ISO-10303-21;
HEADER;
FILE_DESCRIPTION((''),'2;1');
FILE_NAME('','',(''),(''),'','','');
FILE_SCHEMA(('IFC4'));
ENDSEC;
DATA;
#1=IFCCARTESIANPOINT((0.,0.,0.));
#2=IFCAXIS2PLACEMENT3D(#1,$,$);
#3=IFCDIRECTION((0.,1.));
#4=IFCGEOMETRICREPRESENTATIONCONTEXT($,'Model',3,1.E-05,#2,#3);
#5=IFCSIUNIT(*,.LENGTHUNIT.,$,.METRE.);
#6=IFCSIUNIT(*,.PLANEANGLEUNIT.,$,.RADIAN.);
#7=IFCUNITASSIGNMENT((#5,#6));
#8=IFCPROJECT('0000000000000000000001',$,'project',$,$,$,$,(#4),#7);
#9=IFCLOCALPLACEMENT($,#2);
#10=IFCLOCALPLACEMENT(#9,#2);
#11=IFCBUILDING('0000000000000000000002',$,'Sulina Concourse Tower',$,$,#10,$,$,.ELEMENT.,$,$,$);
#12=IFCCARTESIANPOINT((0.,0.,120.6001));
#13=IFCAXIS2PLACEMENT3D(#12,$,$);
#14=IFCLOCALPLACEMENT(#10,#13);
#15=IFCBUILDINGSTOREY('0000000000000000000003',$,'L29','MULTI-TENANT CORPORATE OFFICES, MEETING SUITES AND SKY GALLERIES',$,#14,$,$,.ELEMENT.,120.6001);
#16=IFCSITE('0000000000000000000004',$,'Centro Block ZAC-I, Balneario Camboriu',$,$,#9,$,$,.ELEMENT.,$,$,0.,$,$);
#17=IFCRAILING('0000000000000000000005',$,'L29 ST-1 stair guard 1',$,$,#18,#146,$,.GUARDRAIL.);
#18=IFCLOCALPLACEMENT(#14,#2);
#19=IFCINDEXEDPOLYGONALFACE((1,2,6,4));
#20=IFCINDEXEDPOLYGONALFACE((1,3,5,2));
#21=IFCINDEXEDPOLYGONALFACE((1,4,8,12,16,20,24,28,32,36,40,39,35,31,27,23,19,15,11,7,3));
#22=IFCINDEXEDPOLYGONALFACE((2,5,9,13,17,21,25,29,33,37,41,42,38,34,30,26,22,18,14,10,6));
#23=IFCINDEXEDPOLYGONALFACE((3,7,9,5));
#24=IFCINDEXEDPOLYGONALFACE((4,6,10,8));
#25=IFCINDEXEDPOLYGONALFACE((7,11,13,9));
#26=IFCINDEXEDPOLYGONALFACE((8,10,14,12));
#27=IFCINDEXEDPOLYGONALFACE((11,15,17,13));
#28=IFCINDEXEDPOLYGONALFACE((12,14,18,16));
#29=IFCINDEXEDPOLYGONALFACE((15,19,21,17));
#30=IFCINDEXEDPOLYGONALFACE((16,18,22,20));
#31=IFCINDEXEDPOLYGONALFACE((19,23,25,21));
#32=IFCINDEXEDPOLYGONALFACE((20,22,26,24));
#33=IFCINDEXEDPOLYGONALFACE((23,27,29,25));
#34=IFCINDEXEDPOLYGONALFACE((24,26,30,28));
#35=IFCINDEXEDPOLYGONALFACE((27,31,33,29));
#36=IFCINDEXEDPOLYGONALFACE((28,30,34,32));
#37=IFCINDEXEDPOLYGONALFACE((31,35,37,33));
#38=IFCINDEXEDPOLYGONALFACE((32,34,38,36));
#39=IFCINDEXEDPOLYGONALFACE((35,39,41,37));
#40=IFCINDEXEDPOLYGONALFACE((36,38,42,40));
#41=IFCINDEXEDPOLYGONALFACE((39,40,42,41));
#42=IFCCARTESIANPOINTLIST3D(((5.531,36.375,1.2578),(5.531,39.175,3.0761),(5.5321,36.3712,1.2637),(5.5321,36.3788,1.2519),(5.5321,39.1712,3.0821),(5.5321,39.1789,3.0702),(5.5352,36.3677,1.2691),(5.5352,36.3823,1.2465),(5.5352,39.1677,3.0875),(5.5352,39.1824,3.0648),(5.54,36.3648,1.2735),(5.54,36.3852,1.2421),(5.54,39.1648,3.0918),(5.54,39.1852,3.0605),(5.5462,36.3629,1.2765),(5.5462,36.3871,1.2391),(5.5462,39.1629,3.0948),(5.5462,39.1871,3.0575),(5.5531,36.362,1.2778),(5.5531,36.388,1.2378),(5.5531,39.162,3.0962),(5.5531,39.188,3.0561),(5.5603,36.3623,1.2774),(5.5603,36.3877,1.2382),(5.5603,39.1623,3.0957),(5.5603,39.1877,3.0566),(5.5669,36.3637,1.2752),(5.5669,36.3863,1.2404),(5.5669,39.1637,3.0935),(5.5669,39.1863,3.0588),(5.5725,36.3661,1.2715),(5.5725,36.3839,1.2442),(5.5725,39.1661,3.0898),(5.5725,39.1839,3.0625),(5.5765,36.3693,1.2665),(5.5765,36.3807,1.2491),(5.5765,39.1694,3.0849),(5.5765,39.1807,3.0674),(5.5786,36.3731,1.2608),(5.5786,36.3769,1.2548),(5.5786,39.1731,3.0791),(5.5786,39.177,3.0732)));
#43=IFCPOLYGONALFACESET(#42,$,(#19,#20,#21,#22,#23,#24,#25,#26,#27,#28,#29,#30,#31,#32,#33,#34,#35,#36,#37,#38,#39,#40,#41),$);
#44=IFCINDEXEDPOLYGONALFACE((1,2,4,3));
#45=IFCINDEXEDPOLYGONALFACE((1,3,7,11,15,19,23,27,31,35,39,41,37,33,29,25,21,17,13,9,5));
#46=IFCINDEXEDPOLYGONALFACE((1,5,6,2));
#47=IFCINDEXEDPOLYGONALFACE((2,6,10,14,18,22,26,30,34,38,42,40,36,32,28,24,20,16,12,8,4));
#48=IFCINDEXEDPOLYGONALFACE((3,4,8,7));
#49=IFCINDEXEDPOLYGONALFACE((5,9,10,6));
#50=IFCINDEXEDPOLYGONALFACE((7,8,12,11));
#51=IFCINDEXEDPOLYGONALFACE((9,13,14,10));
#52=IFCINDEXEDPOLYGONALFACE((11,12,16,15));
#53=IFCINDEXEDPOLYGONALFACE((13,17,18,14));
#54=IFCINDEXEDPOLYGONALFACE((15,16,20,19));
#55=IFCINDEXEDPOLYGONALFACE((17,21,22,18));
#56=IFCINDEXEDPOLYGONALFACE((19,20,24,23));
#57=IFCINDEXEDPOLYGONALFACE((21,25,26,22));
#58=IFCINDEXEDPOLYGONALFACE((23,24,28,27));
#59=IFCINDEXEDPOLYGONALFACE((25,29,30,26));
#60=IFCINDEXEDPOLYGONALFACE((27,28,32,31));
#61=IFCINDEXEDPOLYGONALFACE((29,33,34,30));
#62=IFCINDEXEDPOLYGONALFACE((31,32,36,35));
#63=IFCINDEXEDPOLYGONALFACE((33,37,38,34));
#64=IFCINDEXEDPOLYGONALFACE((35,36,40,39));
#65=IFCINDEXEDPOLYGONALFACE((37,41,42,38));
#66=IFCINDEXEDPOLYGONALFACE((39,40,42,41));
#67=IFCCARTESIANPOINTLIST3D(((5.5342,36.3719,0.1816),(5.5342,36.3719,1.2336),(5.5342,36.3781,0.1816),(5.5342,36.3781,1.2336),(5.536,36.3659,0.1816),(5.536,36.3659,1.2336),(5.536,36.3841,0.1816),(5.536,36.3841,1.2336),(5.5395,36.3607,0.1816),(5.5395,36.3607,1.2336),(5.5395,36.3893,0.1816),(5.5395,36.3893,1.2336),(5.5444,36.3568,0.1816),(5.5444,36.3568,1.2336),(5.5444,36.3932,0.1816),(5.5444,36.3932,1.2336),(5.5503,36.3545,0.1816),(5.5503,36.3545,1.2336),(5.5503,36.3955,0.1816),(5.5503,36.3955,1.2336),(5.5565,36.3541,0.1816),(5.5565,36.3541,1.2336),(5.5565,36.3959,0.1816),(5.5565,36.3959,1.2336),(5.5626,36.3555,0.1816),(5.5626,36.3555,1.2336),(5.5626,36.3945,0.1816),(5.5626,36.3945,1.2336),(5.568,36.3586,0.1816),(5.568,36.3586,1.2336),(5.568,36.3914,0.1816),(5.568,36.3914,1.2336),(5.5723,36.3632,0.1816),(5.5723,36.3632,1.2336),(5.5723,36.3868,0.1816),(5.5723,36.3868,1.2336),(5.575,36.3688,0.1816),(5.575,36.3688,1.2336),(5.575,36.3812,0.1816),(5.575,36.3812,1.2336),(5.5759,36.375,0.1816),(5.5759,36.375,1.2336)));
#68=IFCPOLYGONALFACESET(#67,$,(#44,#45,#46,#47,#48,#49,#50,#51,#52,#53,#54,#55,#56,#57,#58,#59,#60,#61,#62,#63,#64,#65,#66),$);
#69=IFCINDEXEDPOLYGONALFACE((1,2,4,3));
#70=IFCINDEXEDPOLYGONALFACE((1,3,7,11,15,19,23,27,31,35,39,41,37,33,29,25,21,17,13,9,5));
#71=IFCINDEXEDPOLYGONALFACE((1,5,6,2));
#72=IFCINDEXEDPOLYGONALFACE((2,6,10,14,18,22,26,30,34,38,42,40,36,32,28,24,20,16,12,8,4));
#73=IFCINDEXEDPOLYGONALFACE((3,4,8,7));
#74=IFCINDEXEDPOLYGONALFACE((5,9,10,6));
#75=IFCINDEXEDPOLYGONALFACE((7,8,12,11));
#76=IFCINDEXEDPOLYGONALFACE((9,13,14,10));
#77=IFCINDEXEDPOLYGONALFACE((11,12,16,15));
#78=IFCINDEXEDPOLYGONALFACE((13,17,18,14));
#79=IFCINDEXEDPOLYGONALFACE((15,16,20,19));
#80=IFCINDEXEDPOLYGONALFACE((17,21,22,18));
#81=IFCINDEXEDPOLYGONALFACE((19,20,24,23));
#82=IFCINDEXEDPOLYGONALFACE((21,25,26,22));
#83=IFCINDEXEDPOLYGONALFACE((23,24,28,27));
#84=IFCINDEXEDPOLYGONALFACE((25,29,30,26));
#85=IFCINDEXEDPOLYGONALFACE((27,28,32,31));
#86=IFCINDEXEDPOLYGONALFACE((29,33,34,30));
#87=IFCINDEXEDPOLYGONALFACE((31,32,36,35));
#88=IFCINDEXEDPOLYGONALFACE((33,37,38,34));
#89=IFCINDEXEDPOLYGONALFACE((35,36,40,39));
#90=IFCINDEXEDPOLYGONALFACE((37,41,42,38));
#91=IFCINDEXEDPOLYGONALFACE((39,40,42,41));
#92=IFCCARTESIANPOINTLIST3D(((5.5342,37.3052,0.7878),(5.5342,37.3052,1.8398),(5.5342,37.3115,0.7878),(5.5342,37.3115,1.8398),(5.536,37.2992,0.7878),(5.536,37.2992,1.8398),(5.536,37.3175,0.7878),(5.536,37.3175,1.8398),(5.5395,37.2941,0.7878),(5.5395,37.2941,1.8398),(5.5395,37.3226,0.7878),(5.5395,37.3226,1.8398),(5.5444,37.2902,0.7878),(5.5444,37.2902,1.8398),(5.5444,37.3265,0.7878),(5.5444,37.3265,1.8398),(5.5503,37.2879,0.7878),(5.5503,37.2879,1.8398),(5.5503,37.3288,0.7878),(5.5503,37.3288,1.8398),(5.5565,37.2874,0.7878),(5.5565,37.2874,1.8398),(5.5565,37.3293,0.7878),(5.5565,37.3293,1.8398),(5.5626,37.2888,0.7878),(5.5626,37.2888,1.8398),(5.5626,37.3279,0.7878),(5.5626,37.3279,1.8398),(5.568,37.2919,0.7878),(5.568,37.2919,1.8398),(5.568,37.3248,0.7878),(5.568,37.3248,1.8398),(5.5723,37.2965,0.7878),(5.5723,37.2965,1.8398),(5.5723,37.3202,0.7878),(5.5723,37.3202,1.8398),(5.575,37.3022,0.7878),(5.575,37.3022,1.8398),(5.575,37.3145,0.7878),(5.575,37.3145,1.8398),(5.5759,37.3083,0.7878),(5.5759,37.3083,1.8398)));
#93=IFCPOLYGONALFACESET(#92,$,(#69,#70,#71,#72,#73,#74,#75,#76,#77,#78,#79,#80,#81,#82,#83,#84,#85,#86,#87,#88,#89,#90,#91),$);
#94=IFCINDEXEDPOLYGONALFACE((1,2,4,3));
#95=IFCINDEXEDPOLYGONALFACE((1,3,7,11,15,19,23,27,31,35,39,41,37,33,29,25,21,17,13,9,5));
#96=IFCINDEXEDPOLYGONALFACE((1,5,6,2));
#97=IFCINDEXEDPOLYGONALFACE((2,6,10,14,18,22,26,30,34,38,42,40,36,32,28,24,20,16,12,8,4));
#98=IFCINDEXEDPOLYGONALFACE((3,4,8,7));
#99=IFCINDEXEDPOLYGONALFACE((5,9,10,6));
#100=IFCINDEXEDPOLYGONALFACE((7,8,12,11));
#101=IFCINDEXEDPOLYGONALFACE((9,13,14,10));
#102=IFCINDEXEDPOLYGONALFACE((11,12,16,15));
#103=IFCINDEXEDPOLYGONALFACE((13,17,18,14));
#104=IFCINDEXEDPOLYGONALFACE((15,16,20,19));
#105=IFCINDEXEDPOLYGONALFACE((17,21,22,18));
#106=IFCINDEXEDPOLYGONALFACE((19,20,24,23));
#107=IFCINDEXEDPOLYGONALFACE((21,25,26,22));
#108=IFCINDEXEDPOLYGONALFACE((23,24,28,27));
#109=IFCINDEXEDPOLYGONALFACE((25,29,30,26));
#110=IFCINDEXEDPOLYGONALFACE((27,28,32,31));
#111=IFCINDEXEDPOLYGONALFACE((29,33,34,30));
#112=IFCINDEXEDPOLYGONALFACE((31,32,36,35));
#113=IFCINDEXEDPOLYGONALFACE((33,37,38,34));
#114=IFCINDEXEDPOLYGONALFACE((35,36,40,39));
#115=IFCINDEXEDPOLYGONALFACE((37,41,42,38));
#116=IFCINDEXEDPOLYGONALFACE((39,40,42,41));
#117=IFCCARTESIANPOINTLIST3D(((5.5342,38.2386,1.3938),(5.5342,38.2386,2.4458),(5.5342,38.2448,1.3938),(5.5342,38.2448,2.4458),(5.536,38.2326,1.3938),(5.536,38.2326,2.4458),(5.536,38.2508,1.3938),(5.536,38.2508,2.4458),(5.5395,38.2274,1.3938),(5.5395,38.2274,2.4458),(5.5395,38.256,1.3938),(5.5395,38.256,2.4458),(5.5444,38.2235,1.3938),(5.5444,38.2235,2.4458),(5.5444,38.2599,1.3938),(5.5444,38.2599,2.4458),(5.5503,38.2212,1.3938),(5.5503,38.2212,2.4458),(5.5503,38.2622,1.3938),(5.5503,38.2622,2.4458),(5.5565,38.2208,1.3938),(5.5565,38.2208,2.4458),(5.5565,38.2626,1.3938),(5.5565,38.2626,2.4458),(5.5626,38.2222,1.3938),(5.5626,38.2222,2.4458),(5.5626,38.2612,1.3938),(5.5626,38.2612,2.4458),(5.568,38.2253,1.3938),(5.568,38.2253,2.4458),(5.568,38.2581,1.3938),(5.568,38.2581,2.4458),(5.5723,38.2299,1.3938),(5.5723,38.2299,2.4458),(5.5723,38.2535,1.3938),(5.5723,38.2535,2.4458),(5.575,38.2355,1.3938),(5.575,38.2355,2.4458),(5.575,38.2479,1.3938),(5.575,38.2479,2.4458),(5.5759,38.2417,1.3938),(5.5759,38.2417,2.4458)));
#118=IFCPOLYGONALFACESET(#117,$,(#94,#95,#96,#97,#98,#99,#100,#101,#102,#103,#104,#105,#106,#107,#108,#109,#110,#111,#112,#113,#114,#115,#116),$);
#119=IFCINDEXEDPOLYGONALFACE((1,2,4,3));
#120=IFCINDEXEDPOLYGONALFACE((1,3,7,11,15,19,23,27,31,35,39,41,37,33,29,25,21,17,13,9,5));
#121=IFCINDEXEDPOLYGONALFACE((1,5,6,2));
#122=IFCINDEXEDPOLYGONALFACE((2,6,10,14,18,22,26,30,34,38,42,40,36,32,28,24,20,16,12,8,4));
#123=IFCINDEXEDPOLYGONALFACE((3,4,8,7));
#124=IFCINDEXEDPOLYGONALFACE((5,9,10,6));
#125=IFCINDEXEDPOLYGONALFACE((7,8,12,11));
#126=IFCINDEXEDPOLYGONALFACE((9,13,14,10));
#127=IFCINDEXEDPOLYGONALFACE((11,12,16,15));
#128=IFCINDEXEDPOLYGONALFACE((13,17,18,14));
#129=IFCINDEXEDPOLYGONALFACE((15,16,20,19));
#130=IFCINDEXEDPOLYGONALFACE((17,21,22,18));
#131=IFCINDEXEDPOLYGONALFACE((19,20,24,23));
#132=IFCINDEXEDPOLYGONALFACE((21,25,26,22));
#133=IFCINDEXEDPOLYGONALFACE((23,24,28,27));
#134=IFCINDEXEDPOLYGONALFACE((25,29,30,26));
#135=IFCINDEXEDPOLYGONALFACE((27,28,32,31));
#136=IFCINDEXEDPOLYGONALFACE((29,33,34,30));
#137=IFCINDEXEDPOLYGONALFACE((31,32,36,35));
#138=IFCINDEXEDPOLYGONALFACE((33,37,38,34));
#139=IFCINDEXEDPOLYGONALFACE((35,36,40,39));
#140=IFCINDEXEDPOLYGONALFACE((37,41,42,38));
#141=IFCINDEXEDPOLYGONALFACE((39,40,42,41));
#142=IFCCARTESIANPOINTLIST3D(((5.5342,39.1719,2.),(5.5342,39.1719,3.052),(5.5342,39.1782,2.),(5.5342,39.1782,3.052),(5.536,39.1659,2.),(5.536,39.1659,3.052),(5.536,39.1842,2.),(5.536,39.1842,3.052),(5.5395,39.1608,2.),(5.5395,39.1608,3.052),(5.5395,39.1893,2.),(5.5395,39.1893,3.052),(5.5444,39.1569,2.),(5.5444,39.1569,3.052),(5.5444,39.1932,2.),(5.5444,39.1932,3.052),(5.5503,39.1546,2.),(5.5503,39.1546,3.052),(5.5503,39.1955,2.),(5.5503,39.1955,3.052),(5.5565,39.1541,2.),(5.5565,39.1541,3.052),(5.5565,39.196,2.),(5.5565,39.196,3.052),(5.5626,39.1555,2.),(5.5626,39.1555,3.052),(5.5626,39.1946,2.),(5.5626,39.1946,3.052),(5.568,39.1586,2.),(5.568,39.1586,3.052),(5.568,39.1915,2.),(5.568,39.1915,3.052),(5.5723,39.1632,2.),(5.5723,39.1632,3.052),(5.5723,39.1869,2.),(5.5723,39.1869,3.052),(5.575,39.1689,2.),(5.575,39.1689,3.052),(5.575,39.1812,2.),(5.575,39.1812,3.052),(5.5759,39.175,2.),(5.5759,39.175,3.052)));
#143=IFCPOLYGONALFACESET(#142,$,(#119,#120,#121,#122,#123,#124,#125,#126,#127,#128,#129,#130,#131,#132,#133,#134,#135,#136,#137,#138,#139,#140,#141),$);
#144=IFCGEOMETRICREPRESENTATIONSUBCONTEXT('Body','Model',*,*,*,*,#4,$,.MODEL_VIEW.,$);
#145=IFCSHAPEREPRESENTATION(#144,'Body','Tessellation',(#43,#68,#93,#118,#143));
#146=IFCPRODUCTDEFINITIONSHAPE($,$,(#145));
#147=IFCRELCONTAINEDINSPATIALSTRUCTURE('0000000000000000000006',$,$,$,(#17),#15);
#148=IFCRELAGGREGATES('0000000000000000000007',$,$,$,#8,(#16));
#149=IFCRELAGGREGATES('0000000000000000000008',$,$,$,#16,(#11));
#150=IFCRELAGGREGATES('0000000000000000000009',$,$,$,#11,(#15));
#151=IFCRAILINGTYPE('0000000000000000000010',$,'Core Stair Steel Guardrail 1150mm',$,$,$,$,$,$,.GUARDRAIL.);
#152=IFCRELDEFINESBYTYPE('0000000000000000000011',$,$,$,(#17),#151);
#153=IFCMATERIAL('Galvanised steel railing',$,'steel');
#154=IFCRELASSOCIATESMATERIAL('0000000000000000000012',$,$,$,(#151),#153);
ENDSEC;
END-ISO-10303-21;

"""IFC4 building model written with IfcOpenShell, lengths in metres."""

from ifc_helpers import new_model, si_unit, direction, frame, origin, origin_2d, place, context, subcontext, project, spatial, circle, extrude, material, type_object, element, save


model = new_model("IFC4")

# Units and contexts
model_context = context("Model", 3, precision=1e-05, world=origin(), true_north=direction((0.0, 1.0)))
body_context = subcontext(model_context, "Body", "Model", "MODEL_VIEW")
ifc_project = project(units=[si_unit("LENGTHUNIT", "METRE"), si_unit("PLANEANGLEUNIT", "RADIAN")], contexts=[model_context])

# Site, building, storey
site_placement = place(None, origin())
site = spatial("IfcSite", under=ifc_project, at=site_placement, Name="Centro Block ZAC-I, Balneario Camboriu", CompositionType="ELEMENT", RefElevation=0.0)
building_placement = place(site_placement, origin())
building = spatial("IfcBuilding", under=site, at=building_placement, Name="Sulina Concourse Tower", CompositionType="ELEMENT")
storey_placement = place(building_placement, frame((0.0, 0.0, 120.6001)))
storey = spatial("IfcBuildingStorey", under=building, at=storey_placement, Name="L29", Description="MULTI-TENANT CORPORATE OFFICES, MEETING SUITES AND SKY GALLERIES", CompositionType="ELEMENT", Elevation=120.6001)

# Railing
ifc_material_1 = material(Name="Galvanised steel railing", Category="steel")
railing_type_1 = type_object("IfcRailingType", Name="Core Stair Steel Guardrail 1150mm", PredefinedType="GUARDRAIL", material=ifc_material_1)
railing_1_placement = place(storey_placement, frame((5.5549, 36.375, 0.1816)))
element("IfcRailing", 1, at=railing_1_placement, inside=storey, type_object=railing_type_1, Name="L29 ST-1 stair guard 1", PredefinedType="GUARDRAIL", context=body_context, shape_type="SweptSolid", body=[
    extrude(circle(Radius=0.0239, at=origin_2d()), frame((0.0, 0.0, 1.0762), z_axis=(0.0, 0.838672, 0.544636), x_axis=(-1.0, 0.0, 0.0)), (0.0, 0.0, 1.0), 3.3386),
    extrude(circle(Radius=0.021, at=origin_2d()), origin(), (0.0, 0.0, 1.0), 1.052),
    extrude(circle(Radius=0.021, at=origin_2d()), frame((0.0, 0.9333, 0.6062)), (0.0, 0.0, 1.0), 1.052),
    extrude(circle(Radius=0.021, at=origin_2d()), frame((0.0, 1.8667, 1.2122)), (0.0, 0.0, 1.0), 1.052),
    extrude(circle(Radius=0.021, at=origin_2d()), frame((0.0, 2.8, 1.8184)), (0.0, 0.0, 1.0), 1.052),
])

save(model, "model.ifc")
